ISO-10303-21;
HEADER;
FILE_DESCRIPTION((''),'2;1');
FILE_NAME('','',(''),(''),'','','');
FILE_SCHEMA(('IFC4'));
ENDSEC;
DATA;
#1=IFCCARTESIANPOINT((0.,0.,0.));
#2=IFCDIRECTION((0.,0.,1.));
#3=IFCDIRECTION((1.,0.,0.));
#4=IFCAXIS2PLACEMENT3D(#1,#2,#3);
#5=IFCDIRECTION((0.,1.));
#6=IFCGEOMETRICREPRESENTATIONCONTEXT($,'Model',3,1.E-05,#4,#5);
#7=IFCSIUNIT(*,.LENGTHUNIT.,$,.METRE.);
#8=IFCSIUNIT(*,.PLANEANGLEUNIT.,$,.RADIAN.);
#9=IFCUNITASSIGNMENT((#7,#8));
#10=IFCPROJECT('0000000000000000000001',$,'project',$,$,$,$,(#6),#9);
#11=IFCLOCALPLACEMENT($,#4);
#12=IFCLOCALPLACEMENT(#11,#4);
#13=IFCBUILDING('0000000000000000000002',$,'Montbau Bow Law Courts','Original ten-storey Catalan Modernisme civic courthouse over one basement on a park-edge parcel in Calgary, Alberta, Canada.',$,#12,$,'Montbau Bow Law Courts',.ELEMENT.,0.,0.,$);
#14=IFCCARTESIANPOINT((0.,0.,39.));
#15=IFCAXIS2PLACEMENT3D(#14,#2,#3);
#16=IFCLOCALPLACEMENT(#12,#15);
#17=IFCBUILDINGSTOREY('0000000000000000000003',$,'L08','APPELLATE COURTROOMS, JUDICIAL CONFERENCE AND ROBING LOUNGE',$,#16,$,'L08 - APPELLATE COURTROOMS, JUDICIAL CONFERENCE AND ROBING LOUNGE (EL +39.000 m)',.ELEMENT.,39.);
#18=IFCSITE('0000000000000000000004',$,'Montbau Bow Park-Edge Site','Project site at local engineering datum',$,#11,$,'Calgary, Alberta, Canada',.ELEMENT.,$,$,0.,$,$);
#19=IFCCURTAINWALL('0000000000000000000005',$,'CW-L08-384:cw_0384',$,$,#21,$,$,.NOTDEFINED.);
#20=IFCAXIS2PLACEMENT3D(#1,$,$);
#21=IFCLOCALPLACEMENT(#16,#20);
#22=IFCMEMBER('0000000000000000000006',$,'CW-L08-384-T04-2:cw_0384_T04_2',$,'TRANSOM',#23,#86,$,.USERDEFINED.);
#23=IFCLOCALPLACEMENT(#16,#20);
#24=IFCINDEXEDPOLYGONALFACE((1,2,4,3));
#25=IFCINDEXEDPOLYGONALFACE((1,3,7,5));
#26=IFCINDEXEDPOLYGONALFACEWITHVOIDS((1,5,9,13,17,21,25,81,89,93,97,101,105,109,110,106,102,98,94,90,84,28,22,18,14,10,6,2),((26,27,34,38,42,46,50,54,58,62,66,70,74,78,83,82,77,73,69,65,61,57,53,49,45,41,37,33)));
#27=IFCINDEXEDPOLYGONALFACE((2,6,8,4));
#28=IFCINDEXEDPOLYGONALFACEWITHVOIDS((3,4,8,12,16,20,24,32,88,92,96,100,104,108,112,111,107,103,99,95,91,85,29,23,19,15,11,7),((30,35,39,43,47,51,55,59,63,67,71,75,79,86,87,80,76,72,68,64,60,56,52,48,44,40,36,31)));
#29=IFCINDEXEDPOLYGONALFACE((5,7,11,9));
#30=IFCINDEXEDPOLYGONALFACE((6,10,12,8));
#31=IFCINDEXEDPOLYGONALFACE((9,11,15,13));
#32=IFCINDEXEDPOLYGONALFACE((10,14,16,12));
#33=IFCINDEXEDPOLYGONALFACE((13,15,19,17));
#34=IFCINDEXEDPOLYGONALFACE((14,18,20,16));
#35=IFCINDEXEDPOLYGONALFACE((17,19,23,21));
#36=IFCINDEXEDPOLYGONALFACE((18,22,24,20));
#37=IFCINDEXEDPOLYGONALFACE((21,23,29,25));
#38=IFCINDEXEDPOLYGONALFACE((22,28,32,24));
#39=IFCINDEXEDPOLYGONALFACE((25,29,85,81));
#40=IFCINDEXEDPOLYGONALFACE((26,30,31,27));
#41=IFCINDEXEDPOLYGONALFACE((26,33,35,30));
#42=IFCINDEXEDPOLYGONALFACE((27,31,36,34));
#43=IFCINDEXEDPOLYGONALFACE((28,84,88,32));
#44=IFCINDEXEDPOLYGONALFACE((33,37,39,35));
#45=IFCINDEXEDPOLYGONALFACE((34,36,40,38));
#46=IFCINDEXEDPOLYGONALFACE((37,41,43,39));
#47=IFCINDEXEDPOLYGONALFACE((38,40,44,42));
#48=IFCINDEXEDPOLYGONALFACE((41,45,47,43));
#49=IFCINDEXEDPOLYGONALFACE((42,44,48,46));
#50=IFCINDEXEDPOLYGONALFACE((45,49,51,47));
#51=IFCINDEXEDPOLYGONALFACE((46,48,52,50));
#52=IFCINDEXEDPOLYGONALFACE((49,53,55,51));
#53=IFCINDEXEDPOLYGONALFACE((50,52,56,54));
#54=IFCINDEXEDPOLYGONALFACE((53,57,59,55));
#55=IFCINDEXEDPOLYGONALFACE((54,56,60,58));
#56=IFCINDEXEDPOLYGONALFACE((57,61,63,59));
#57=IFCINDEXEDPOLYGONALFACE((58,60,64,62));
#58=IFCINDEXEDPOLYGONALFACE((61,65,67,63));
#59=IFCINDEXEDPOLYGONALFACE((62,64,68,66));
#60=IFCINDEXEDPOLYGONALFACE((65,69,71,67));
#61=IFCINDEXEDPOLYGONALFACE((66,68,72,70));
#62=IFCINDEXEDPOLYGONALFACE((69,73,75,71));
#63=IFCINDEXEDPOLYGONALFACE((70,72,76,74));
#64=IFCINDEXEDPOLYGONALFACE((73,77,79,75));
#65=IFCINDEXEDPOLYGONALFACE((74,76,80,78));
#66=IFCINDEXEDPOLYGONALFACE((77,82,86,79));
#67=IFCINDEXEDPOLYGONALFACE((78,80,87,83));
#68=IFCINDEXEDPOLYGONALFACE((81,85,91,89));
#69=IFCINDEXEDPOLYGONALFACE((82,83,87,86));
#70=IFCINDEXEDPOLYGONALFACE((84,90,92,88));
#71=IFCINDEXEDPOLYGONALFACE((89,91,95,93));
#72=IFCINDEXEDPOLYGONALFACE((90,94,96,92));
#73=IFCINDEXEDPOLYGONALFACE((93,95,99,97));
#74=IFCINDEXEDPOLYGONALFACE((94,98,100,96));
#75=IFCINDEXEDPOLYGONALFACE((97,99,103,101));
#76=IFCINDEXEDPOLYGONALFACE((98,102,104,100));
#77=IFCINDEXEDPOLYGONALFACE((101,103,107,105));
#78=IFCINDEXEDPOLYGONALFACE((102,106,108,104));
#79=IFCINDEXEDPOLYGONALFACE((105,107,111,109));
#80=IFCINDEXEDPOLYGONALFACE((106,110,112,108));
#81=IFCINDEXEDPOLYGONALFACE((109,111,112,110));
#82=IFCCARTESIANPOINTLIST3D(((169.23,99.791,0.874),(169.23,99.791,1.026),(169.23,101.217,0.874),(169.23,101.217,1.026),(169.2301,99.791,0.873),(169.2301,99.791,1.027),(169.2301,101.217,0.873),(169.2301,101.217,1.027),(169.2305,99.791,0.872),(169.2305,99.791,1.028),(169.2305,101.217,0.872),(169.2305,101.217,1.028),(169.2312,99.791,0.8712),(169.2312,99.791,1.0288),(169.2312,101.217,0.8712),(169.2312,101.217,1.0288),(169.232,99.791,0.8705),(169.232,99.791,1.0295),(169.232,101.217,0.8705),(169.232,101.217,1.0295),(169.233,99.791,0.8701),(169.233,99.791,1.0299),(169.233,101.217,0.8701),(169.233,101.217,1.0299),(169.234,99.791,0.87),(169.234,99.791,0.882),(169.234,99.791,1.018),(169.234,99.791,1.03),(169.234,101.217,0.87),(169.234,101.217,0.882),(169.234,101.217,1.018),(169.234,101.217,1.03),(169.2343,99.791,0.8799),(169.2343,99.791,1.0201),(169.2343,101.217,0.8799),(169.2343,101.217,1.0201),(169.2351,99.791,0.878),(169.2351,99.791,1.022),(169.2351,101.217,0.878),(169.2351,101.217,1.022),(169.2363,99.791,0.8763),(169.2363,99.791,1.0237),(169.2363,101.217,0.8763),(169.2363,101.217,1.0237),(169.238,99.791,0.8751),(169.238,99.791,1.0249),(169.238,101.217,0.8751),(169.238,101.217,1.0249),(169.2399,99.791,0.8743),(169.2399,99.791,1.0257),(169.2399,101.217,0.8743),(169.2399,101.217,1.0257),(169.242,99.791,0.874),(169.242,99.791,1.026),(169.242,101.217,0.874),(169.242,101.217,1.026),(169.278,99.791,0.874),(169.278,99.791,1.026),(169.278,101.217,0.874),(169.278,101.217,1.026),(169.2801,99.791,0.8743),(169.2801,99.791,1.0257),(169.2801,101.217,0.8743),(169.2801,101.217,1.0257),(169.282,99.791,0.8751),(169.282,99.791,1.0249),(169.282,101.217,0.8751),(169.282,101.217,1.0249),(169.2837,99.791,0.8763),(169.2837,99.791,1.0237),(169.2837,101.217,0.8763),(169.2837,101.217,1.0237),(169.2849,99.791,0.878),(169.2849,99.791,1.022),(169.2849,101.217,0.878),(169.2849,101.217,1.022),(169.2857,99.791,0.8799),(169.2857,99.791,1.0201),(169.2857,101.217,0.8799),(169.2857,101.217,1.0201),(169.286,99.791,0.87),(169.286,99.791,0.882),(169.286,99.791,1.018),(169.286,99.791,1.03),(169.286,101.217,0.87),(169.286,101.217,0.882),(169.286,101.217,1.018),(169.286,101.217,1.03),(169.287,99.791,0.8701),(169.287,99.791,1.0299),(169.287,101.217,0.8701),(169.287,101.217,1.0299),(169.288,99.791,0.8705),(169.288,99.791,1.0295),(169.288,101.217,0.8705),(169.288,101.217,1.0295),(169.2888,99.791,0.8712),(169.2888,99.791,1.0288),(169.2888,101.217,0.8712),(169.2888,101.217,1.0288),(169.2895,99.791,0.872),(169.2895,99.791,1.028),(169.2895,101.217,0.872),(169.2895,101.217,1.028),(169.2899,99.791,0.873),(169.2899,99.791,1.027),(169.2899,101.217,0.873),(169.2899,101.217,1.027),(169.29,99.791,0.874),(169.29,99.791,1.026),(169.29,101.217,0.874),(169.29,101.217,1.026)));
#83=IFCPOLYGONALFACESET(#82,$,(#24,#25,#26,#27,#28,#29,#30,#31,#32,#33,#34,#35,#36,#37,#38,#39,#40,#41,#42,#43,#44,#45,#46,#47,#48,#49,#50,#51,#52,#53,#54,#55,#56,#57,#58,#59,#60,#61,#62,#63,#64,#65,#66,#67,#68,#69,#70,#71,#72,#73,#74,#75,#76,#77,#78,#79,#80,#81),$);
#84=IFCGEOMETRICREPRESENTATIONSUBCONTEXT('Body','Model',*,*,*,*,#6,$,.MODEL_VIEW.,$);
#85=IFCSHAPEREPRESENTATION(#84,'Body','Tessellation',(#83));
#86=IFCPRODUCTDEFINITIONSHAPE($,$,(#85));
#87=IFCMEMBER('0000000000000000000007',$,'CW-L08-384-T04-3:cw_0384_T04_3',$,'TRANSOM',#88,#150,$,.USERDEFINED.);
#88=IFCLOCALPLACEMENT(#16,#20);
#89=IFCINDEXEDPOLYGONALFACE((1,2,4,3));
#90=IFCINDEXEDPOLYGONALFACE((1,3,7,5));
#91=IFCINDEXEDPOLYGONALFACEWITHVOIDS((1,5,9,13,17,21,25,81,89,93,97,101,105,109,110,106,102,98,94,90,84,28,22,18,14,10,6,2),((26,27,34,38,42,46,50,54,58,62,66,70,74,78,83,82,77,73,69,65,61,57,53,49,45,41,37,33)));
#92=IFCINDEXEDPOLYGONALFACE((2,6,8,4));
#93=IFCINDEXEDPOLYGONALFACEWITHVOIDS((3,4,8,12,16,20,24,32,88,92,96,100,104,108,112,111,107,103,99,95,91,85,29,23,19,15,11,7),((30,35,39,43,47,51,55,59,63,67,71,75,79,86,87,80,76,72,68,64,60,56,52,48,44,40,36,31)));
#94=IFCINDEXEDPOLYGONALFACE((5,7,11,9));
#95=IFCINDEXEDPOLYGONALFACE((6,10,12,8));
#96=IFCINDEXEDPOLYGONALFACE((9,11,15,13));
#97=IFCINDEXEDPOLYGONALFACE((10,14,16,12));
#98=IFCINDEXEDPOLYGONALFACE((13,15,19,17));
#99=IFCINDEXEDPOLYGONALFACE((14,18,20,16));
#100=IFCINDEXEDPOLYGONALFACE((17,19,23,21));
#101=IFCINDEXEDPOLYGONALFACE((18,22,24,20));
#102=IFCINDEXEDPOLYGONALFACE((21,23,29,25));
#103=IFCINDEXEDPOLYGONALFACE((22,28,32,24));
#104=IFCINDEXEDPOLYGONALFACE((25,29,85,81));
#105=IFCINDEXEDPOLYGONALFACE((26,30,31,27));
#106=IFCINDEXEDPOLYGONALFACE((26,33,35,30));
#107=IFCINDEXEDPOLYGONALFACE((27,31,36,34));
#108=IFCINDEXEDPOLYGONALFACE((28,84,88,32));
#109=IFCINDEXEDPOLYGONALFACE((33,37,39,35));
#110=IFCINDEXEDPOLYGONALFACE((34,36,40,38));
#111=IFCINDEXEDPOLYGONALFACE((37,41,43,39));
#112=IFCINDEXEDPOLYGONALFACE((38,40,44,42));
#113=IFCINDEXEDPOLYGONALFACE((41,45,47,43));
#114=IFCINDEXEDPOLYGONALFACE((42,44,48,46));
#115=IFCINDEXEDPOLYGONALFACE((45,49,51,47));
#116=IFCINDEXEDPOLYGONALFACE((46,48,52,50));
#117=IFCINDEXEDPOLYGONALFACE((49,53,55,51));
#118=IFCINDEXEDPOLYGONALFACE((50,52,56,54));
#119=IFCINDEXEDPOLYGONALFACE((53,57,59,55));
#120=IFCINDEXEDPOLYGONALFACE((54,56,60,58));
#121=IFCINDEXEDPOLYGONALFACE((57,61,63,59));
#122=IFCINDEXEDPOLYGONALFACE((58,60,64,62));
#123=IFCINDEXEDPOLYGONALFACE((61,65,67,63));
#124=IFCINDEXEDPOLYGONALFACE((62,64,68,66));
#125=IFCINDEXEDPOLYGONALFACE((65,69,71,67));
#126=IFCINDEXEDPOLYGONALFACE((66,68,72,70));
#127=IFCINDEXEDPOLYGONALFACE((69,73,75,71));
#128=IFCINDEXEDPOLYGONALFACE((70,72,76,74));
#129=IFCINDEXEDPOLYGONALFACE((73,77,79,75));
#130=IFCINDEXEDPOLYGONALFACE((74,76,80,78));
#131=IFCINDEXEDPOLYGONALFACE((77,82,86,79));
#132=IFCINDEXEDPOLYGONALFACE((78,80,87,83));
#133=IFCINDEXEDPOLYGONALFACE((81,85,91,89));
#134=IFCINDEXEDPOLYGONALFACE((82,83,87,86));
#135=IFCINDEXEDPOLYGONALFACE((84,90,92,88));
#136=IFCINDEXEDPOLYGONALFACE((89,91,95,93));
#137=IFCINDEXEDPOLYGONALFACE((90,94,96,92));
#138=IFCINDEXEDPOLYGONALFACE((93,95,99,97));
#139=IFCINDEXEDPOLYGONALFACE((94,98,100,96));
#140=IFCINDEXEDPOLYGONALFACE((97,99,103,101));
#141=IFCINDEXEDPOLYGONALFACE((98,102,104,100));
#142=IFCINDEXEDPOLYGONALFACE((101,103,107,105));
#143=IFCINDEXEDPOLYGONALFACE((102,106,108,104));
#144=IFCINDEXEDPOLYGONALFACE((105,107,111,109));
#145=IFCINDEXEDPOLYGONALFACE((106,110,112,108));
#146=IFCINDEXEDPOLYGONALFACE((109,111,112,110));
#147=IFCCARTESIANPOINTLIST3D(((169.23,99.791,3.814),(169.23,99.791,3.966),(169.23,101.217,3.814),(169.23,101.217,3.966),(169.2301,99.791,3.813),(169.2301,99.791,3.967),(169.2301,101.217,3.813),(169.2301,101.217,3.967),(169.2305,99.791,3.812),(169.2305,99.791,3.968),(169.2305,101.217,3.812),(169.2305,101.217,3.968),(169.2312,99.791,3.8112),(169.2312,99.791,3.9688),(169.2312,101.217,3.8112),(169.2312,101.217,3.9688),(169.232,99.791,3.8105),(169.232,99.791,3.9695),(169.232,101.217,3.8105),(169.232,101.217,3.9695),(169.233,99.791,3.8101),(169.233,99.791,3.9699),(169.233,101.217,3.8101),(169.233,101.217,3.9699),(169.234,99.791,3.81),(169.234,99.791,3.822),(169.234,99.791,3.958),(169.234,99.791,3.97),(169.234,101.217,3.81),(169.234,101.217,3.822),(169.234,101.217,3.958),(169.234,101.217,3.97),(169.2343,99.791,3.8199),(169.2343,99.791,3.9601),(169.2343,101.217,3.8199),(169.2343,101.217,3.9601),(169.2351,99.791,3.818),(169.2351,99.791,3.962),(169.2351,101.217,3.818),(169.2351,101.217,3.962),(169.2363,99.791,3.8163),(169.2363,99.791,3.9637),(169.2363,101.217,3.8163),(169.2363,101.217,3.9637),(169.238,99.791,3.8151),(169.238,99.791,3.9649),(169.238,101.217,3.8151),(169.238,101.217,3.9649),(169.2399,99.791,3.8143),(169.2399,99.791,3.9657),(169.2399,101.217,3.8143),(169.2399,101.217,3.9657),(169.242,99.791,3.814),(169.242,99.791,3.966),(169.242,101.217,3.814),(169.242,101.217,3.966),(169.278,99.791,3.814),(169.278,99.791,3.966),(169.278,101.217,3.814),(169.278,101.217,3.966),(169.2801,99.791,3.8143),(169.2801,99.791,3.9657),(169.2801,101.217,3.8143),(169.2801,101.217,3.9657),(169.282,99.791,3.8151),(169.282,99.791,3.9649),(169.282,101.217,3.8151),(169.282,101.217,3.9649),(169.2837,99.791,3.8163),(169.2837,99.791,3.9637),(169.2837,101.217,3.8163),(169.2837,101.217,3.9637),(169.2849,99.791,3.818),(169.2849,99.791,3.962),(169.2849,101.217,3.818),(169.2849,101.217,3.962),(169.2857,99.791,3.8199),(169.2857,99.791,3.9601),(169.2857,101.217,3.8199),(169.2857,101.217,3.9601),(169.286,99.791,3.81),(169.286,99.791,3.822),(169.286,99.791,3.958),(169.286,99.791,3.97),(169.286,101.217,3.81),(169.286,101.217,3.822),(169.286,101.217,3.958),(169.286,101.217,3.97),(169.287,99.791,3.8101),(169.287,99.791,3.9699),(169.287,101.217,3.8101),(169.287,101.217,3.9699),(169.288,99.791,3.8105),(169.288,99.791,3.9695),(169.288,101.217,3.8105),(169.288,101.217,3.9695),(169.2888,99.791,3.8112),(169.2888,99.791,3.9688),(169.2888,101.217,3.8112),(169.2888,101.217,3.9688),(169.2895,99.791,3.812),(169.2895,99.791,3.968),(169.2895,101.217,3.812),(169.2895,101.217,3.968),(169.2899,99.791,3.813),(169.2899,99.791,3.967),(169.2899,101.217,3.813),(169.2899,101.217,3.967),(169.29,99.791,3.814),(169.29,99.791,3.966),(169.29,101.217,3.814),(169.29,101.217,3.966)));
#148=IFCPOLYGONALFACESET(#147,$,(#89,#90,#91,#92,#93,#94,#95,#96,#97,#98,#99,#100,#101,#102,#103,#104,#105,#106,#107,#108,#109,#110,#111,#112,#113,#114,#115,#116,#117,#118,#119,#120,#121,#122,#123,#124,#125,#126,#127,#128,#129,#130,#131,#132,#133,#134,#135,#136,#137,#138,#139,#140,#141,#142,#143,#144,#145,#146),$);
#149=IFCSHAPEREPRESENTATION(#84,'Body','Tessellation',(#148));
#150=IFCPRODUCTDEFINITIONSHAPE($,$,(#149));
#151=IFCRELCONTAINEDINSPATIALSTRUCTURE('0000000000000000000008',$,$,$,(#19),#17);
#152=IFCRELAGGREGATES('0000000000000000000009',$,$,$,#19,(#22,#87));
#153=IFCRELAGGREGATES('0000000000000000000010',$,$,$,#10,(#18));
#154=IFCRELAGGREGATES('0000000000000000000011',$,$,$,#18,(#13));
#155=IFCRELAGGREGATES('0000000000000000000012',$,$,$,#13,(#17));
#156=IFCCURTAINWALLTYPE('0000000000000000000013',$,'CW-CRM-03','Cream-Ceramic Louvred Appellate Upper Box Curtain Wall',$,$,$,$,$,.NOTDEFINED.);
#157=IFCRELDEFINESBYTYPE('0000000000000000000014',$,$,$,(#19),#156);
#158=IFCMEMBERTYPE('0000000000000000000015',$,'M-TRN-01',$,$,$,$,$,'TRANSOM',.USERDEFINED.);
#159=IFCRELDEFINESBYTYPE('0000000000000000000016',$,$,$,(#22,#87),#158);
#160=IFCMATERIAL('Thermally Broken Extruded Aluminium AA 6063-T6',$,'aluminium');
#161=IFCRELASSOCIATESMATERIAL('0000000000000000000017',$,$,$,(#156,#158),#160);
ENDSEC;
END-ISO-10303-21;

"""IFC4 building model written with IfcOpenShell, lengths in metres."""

from ifc_helpers import new_model, si_unit, direction, frame, origin_with_axes, origin_2d_with_axis, place, context, subcontext, project, spatial, hollow_rectangle, extrude, material, material_profile, profile_set, type_object, element, aggregate, save


model = new_model("IFC4")

# Units and contexts
model_context = context("Model", 3, precision=1e-05, world=origin_with_axes(), true_north=direction((0.0, 1.0)))
body_context = subcontext(model_context, "Body", "Model", "MODEL_VIEW")
ifc_project = project(units=[si_unit("LENGTHUNIT", "METRE"), si_unit("PLANEANGLEUNIT", "RADIAN")], contexts=[model_context])

# Site, building, storey
site_placement = place(None, origin_with_axes())
site = spatial("IfcSite", under=ifc_project, at=site_placement, Name="Montbau Bow Park-Edge Site", Description="Project site at local engineering datum", LongName="Calgary, Alberta, Canada", CompositionType="ELEMENT", RefElevation=0.0)
building_placement = place(site_placement, origin_with_axes())
building = spatial("IfcBuilding", under=site, at=building_placement, Name="Montbau Bow Law Courts", Description="Original ten-storey Catalan Modernisme civic courthouse over one basement on a park-edge parcel in Calgary, Alberta, Canada.", LongName="Montbau Bow Law Courts", CompositionType="ELEMENT", ElevationOfRefHeight=0.0, ElevationOfTerrain=0.0)
storey_placement = place(building_placement, frame((0.0, 0.0, 39.0), z_axis=(0.0, 0.0, 1.0), x_axis=(1.0, 0.0, 0.0)))
storey = spatial("IfcBuildingStorey", under=building, at=storey_placement, Name="L08", Description="APPELLATE COURTROOMS, JUDICIAL CONFERENCE AND ROBING LOUNGE", LongName="L08 - APPELLATE COURTROOMS, JUDICIAL CONFERENCE AND ROBING LOUNGE (EL +39.000 m)", CompositionType="ELEMENT", Elevation=39.0)

# Curtain wall
ifc_material_1 = material(Name="Thermally Broken Extruded Aluminium AA 6063-T6", Category="aluminium")
curtain_wall_type = type_object("IfcCurtainWallType", Name="CW-CRM-03", Description="Cream-Ceramic Louvred Appellate Upper Box Curtain Wall", PredefinedType="NOTDEFINED", material=ifc_material_1)
curtain_wall_1_placement = place(None, frame((169.26, 95.24, 39.0), z_axis=(0.0, 0.0, 1.0), x_axis=(1.0, 0.0, 0.0)))
curtain_wall_1 = element("IfcCurtainWall", 1, at=curtain_wall_1_placement, inside=storey, type_object=curtain_wall_type, Name="CW-L08-384:cw_0384", PredefinedType="NOTDEFINED")

# Members
ifc_material_profile_1 = material_profile(ifc_material_1, hollow_rectangle(XDim=0.06, YDim=0.16, WallThickness=0.004, InnerFilletRadius=0.008, OuterFilletRadius=0.004, at=origin_2d_with_axis()), Name="CWT-160X60", Category="Main", Priority=0)
ifc_profile_set_1 = profile_set([ifc_material_profile_1], Name="Thermally Broken Extruded Aluminium AA 6063-T6")
member_type_1 = type_object("IfcMemberType", Name="M-TRN-01", ElementType="TRANSOM", PredefinedType="USERDEFINED", material=ifc_profile_set_1)
member_1_placement = place(None, frame((169.26, 99.791, 39.95), z_axis=(0.0, 1.0, 0.0), x_axis=(-1.0, 0.0, 0.0)))
member_1 = element("IfcMember", 2, at=member_1_placement, type_object=member_type_1, Name="CW-L08-384-T04-2:cw_0384_T04_2", ObjectType="TRANSOM", PredefinedType="USERDEFINED", context=body_context, shape_type="SweptSolid", body=[
    extrude(hollow_rectangle(XDim=0.06, YDim=0.16, WallThickness=0.004, InnerFilletRadius=0.008, OuterFilletRadius=0.004, at=origin_2d_with_axis()), origin_with_axes(), (0.0, 0.0, 1.0), 1.426),
])
member_2_placement = place(None, frame((169.26, 99.791, 42.89), z_axis=(0.0, 1.0, 0.0), x_axis=(-1.0, 0.0, 0.0)))
member_2 = element("IfcMember", 3, at=member_2_placement, type_object=member_type_1, Name="CW-L08-384-T04-3:cw_0384_T04_3", ObjectType="TRANSOM", PredefinedType="USERDEFINED", context=body_context, shape_type="SweptSolid", body=[
    extrude(hollow_rectangle(XDim=0.06, YDim=0.16, WallThickness=0.004, InnerFilletRadius=0.008, OuterFilletRadius=0.004, at=origin_2d_with_axis()), origin_with_axes(), (0.0, 0.0, 1.0), 1.426),
])

aggregate(curtain_wall_1, [member_1, member_2])

save(model, "model.ifc")
